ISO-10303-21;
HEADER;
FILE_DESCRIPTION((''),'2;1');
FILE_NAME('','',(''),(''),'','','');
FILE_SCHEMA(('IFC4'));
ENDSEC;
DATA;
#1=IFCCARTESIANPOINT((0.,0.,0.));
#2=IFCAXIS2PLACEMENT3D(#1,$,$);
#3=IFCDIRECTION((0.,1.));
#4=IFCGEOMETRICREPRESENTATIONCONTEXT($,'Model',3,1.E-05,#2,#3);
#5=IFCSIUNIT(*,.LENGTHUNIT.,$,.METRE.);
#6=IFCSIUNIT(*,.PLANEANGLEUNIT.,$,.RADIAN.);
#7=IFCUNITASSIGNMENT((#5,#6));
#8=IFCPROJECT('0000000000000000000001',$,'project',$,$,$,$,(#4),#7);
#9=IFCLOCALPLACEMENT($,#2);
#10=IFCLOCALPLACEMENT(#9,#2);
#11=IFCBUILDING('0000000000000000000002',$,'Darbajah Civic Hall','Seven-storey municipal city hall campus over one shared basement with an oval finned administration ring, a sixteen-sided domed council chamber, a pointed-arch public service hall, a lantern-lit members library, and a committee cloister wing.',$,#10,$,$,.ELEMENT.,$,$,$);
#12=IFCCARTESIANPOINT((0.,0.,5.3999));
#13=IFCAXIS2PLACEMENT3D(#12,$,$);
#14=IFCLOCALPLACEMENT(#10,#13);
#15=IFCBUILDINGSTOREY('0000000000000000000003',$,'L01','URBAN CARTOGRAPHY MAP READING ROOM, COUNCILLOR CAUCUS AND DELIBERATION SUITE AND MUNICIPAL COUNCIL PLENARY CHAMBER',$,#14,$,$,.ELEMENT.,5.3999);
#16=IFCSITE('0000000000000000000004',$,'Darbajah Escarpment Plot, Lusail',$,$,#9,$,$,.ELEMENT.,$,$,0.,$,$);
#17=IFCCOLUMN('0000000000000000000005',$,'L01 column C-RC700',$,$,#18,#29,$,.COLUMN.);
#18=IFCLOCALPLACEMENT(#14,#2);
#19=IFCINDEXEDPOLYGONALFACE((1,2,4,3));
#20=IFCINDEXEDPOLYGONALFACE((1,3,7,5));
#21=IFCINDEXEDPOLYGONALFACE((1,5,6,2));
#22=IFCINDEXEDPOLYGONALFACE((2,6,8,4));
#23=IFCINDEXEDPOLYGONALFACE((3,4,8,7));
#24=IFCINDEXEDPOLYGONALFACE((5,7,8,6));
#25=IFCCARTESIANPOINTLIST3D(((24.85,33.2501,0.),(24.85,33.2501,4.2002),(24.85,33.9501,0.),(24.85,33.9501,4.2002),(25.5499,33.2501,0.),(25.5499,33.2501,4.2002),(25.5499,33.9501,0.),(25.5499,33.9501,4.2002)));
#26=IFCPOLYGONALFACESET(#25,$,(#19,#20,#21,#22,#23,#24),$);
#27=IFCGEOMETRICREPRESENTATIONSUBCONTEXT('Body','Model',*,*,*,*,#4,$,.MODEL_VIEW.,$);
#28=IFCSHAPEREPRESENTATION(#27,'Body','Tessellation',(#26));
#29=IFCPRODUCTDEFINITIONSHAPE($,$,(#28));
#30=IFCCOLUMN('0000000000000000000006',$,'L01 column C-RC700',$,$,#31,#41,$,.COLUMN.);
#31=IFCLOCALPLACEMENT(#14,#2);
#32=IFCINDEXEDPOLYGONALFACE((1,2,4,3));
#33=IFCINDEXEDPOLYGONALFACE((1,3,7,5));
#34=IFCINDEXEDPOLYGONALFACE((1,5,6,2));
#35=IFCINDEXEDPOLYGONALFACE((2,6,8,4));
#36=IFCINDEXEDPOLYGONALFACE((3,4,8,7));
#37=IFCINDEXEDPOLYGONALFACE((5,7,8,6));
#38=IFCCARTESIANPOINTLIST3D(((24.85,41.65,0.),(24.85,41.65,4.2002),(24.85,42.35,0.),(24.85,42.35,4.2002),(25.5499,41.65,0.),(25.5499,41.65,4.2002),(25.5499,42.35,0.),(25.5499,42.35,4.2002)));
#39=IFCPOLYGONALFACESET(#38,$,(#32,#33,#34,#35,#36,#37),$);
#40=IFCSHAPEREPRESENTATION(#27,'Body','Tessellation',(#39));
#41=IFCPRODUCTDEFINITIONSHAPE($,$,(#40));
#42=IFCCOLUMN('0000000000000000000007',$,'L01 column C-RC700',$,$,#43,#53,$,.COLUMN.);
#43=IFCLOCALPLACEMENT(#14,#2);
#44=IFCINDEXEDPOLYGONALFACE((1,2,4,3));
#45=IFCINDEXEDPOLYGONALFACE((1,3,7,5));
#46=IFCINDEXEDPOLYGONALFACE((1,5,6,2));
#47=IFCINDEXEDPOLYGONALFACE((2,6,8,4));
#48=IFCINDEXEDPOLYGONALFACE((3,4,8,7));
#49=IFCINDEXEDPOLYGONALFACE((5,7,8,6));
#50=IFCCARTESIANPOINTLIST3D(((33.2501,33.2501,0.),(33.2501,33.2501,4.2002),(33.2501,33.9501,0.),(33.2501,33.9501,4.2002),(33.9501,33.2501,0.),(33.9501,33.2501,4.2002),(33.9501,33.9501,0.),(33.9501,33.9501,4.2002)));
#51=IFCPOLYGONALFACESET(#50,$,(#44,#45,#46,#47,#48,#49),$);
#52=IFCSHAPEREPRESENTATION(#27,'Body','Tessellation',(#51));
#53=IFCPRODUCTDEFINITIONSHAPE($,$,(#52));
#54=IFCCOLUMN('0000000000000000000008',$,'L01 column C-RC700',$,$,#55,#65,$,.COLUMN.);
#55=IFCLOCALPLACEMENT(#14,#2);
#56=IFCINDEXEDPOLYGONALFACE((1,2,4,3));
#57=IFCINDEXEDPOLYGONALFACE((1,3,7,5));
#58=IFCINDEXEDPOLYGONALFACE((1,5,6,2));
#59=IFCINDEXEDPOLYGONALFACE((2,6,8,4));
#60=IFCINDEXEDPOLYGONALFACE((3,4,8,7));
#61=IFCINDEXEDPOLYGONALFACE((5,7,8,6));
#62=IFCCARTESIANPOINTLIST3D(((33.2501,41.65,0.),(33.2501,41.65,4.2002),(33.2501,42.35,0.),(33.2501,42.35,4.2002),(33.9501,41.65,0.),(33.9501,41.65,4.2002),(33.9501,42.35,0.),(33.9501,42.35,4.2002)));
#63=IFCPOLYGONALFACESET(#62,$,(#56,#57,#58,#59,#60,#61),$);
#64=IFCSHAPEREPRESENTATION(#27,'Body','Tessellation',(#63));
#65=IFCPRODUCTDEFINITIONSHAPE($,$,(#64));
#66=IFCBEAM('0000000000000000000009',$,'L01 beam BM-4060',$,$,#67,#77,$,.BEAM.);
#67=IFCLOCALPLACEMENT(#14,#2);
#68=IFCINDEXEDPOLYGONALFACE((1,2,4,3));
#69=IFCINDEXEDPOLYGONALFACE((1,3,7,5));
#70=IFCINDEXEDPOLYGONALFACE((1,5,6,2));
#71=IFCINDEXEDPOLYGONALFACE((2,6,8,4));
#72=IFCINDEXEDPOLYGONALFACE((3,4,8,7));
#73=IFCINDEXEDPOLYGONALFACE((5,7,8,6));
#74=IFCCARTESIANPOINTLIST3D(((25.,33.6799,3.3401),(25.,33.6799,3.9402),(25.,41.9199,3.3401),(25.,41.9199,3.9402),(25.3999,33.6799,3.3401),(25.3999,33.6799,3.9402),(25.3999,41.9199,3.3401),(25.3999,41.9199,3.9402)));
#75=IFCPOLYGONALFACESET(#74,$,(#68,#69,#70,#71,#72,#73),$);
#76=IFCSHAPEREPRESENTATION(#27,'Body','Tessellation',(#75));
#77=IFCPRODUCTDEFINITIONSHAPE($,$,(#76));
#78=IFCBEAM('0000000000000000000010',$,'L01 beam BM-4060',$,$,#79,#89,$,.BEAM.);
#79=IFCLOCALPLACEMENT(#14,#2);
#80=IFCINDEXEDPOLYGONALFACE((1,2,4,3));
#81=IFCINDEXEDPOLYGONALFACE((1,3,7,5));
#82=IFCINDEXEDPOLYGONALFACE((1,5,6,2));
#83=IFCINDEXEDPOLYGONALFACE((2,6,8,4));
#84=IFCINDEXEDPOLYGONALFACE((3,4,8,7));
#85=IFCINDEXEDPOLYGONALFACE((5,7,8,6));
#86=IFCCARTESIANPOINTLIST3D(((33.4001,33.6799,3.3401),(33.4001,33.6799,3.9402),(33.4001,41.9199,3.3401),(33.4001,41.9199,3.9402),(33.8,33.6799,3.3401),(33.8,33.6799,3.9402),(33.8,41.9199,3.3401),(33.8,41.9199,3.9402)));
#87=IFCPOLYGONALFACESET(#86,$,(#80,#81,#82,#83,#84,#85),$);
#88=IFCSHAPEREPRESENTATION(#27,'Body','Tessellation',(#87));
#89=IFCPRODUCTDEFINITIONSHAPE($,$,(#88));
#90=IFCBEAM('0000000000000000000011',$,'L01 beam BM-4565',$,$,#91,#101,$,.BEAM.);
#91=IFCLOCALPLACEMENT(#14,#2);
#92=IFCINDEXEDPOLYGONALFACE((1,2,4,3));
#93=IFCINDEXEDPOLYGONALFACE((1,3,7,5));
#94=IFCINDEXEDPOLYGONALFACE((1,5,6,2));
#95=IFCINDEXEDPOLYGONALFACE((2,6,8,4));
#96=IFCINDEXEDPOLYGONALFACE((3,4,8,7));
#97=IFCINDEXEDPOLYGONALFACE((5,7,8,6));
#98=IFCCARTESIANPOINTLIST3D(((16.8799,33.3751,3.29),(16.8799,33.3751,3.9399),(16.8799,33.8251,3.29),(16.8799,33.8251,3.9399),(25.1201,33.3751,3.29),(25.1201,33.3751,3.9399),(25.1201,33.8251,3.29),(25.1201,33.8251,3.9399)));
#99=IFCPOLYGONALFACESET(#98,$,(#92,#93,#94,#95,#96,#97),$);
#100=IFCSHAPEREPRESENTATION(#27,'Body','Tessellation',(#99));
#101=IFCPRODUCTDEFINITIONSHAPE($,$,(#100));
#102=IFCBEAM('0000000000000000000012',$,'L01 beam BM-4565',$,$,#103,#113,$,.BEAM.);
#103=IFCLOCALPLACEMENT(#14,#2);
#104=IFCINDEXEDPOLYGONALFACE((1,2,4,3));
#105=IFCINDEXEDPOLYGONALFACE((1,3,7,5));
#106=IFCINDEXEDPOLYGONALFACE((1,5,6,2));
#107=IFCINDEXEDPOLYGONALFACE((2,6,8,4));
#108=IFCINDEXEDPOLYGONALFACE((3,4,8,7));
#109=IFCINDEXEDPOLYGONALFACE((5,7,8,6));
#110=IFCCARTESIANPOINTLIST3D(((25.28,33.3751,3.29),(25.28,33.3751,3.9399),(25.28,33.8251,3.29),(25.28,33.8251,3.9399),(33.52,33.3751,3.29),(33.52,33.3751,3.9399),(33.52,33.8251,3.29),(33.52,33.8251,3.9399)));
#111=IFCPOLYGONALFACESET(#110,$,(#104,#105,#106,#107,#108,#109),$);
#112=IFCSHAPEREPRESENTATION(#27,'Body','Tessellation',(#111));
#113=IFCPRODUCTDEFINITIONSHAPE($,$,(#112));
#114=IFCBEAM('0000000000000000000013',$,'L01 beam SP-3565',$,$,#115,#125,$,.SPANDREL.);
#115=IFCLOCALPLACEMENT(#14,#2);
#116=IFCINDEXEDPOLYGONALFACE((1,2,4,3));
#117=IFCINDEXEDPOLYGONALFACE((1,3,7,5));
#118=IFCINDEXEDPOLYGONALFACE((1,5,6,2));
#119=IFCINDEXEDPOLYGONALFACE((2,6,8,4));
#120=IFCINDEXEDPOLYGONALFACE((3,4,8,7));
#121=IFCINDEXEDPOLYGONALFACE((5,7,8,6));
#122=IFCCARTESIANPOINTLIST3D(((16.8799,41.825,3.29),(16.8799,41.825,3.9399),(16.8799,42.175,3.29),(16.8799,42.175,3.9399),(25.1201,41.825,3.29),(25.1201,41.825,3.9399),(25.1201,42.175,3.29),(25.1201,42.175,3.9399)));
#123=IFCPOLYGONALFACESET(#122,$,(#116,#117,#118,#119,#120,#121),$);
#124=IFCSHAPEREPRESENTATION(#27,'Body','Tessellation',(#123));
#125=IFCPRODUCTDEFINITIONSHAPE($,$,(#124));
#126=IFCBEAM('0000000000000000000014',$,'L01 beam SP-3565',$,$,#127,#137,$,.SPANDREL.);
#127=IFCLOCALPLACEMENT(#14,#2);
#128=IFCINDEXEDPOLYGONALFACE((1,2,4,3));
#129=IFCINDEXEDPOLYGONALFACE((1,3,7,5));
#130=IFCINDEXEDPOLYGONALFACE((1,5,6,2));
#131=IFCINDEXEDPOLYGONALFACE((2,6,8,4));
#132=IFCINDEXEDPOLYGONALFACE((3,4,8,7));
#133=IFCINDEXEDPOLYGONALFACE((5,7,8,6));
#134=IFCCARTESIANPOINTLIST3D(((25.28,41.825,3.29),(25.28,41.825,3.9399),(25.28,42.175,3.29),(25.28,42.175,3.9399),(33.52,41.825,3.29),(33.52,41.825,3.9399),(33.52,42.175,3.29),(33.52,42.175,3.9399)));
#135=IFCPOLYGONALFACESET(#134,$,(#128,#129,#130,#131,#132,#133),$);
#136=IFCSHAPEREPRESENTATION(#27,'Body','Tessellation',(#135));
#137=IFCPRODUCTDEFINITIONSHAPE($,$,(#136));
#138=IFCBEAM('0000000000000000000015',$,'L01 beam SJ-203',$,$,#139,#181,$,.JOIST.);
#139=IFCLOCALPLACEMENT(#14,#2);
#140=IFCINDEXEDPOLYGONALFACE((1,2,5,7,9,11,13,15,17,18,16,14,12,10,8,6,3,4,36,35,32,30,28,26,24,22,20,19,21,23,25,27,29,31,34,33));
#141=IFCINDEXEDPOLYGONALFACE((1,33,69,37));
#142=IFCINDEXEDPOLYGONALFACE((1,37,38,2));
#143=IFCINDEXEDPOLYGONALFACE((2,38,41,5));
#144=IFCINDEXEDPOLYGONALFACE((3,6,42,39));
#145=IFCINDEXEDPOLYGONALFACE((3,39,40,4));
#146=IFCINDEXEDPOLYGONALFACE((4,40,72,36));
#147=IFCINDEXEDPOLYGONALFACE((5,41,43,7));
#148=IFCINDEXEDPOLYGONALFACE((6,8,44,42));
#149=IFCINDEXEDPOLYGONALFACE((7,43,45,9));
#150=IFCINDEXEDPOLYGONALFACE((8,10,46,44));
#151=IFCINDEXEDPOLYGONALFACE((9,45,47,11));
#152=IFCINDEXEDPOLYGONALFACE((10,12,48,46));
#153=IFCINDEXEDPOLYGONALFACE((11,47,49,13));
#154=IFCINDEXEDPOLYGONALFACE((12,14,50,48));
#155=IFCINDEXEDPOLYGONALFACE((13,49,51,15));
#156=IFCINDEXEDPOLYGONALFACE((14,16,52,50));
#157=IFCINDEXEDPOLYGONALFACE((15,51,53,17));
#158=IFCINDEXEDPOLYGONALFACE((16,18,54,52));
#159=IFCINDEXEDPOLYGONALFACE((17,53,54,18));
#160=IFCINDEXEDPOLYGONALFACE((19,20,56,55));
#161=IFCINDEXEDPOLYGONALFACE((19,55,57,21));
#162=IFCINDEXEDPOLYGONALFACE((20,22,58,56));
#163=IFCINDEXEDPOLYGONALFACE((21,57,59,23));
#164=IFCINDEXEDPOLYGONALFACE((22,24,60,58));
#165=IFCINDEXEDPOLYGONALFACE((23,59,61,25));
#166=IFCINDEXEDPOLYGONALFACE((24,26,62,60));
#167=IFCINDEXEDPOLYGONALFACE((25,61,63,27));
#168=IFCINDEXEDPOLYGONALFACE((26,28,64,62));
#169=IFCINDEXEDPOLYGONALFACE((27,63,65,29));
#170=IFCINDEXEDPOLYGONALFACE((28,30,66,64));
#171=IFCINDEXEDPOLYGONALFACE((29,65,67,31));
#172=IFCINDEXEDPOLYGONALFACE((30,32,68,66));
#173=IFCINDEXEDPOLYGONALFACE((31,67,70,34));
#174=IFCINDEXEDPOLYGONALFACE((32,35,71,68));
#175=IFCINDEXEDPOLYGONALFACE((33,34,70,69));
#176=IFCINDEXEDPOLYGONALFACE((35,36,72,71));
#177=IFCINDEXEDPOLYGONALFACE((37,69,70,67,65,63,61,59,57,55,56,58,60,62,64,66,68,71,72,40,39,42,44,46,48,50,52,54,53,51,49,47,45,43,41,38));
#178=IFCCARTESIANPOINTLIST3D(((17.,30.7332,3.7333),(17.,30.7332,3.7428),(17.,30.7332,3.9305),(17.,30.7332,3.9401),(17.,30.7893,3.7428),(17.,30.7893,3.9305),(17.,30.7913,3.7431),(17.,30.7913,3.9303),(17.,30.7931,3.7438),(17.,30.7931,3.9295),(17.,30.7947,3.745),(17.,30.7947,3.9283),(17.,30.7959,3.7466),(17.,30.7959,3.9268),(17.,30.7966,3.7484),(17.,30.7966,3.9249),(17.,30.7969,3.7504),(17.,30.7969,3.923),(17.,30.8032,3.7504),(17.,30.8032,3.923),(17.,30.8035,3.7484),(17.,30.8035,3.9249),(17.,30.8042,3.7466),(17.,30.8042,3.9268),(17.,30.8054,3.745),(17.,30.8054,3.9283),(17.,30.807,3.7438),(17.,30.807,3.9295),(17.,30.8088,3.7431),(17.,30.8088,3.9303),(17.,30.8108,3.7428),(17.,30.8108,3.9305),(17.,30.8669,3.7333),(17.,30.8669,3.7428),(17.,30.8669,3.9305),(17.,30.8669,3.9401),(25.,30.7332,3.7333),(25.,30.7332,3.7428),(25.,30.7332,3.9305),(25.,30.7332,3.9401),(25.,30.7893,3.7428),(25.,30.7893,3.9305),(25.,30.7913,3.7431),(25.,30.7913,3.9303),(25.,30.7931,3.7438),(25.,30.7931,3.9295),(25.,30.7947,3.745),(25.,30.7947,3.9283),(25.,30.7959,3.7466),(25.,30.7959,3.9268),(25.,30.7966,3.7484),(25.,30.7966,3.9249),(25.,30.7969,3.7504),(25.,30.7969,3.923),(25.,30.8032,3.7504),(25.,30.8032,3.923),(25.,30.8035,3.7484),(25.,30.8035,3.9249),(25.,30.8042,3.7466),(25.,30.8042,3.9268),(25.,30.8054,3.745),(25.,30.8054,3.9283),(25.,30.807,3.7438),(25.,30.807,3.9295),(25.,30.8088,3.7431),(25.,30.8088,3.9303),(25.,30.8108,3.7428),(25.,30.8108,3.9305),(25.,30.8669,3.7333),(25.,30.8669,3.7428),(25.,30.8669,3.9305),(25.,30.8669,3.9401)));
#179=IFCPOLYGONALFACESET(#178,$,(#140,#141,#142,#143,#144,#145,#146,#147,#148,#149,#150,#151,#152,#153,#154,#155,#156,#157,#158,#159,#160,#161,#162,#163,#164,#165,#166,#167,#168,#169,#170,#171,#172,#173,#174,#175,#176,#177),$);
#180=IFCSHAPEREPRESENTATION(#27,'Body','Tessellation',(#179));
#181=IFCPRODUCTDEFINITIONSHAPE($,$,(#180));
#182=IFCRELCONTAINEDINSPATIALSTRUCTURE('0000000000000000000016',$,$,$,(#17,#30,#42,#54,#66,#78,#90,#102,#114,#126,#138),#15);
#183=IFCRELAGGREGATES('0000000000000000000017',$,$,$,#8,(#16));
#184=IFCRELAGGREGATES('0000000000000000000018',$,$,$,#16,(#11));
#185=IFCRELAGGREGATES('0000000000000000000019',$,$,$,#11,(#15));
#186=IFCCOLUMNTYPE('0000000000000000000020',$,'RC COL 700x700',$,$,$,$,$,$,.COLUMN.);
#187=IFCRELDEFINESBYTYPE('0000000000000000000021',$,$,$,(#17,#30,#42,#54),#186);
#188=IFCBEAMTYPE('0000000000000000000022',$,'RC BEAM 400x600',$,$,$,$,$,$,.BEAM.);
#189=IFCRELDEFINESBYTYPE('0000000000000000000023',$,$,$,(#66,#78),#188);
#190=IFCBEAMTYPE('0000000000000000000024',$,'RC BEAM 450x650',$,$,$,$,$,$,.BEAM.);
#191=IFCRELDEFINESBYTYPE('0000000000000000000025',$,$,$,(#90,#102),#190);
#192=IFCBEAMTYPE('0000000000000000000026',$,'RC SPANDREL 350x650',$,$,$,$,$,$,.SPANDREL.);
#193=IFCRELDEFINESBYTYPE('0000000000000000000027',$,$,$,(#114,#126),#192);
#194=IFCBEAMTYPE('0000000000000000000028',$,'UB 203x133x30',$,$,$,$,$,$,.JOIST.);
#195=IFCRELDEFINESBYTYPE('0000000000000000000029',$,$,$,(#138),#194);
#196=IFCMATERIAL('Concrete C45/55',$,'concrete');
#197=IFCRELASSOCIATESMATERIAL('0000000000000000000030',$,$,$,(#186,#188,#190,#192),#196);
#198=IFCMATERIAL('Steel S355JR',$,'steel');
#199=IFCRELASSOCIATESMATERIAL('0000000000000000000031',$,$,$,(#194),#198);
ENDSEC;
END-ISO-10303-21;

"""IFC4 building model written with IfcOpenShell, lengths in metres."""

from ifc_helpers import new_model, si_unit, direction, frame, origin, origin_2d, place, context, subcontext, project, spatial, rectangle, i_section, extrude, material, material_profile, profile_set, type_object, element, save


model = new_model("IFC4")

# Units and contexts
model_context = context("Model", 3, precision=1e-05, world=origin(), true_north=direction((0.0, 1.0)))
body_context = subcontext(model_context, "Body", "Model", "MODEL_VIEW")
ifc_project = project(units=[si_unit("LENGTHUNIT", "METRE"), si_unit("PLANEANGLEUNIT", "RADIAN")], contexts=[model_context])

# Site, building, storey
site_placement = place(None, origin())
site = spatial("IfcSite", under=ifc_project, at=site_placement, Name="Darbajah Escarpment Plot, Lusail", CompositionType="ELEMENT", RefElevation=0.0)
building_placement = place(site_placement, origin())
building = spatial("IfcBuilding", under=site, at=building_placement, Name="Darbajah Civic Hall", Description="Seven-storey municipal city hall campus over one shared basement with an oval finned administration ring, a sixteen-sided domed council chamber, a pointed-arch public service hall, a lantern-lit members library, and a committee cloister wing.", CompositionType="ELEMENT")
storey_placement = place(building_placement, frame((0.0, 0.0, 5.3999)))
storey = spatial("IfcBuildingStorey", under=building, at=storey_placement, Name="L01", Description="URBAN CARTOGRAPHY MAP READING ROOM, COUNCILLOR CAUCUS AND DELIBERATION SUITE AND MUNICIPAL COUNCIL PLENARY CHAMBER", CompositionType="ELEMENT", Elevation=5.3999)

# Columns
ifc_material_1 = material(Name="Concrete C45/55", Category="concrete")
ifc_material_profile_1 = material_profile(ifc_material_1, rectangle(XDim=0.7, YDim=0.7, at=origin_2d()), Name="RC COL 700x700")
ifc_profile_set_1 = profile_set([ifc_material_profile_1], Name="Concrete C45/55")
column_type = type_object("IfcColumnType", Name="RC COL 700x700", PredefinedType="COLUMN", material=ifc_profile_set_1)
for number, where, z_axis, x_axis, name in (
    (1, (25.2, 33.6001, 0.0), (0.0, 0.0, 1.0), (1.0, 0.0, 0.0), "L01 column C-RC700"),
    (2, (25.2, 42.0, 0.0), (0.0, 0.0, 1.0), (1.0, 0.0, 0.0), "L01 column C-RC700"),
    (3, (33.6001, 33.6001, 0.0), (0.0, 0.0, 1.0), (1.0, 0.0, 0.0), "L01 column C-RC700"),
    (4, (33.6001, 42.0, 0.0), (0.0, 0.0, 1.0), (1.0, 0.0, 0.0), "L01 column C-RC700"),
):
    element("IfcColumn", number, at=place(storey_placement, frame(where, z_axis=z_axis, x_axis=x_axis)), inside=storey, type_object=column_type, Name=name, PredefinedType="COLUMN", context=body_context, shape_type="SweptSolid", body=[
        extrude(rectangle(XDim=0.7, YDim=0.7, at=origin_2d()), origin(), (0.0, 0.0, 1.0), 4.2002),
    ])

# Beams
ifc_material_profile_2 = material_profile(ifc_material_1, rectangle(XDim=0.3999, YDim=0.6001, at=origin_2d()), Name="RC BEAM 400x600")
ifc_profile_set_2 = profile_set([ifc_material_profile_2], Name="Concrete C45/55")
beam_type_1 = type_object("IfcBeamType", Name="RC BEAM 400x600", PredefinedType="BEAM", material=ifc_profile_set_2)
for number, where, z_axis, x_axis, name in (
    (5, (25.2, 33.6799, 3.6401), (0.0, 1.0, 0.0), (-1.0, 0.0, 0.0), "L01 beam BM-4060"),
    (6, (33.6001, 33.6799, 3.6401), (0.0, 1.0, 0.0), (-1.0, 0.0, 0.0), "L01 beam BM-4060"),
):
    element("IfcBeam", number, at=place(storey_placement, frame(where, z_axis=z_axis, x_axis=x_axis)), inside=storey, type_object=beam_type_1, Name=name, PredefinedType="BEAM", context=body_context, shape_type="SweptSolid", body=[
        extrude(rectangle(XDim=0.3999, YDim=0.6001, at=origin_2d()), origin(), (0.0, 0.0, 1.0), 8.24),
    ])
ifc_material_profile_3 = material_profile(ifc_material_1, rectangle(XDim=0.45, YDim=0.6499, at=origin_2d()), Name="RC BEAM 450x650")
ifc_profile_set_3 = profile_set([ifc_material_profile_3], Name="Concrete C45/55")
beam_type_2 = type_object("IfcBeamType", Name="RC BEAM 450x650", PredefinedType="BEAM", material=ifc_profile_set_3)
beam_1_placement = place(storey_placement, frame((16.8799, 33.6001, 3.615), z_axis=(1.0, 0.0, 0.0), x_axis=(0.0, 1.0, 0.0)))
element("IfcBeam", 7, at=beam_1_placement, inside=storey, type_object=beam_type_2, Name="L01 beam BM-4565", PredefinedType="BEAM", context=body_context, shape_type="SweptSolid", body=[
    extrude(rectangle(XDim=0.45, YDim=0.6499, at=origin_2d()), origin(), (0.0, 0.0, 1.0), 8.2402),
])
beam_2_placement = place(storey_placement, frame((25.28, 33.6001, 3.615), z_axis=(1.0, 0.0, 0.0), x_axis=(0.0, 1.0, 0.0)))
element("IfcBeam", 8, at=beam_2_placement, inside=storey, type_object=beam_type_2, Name="L01 beam BM-4565", PredefinedType="BEAM", context=body_context, shape_type="SweptSolid", body=[
    extrude(rectangle(XDim=0.45, YDim=0.6499, at=origin_2d()), origin(), (0.0, 0.0, 1.0), 8.24),
])
ifc_material_profile_4 = material_profile(ifc_material_1, rectangle(XDim=0.3501, YDim=0.6499, at=origin_2d()), Name="RC SPANDREL 350x650")
ifc_profile_set_4 = profile_set([ifc_material_profile_4], Name="Concrete C45/55")
beam_type_3 = type_object("IfcBeamType", Name="RC SPANDREL 350x650", PredefinedType="SPANDREL", material=ifc_profile_set_4)
beam_3_placement = place(storey_placement, frame((16.8799, 42.0, 3.615), z_axis=(1.0, 0.0, 0.0), x_axis=(0.0, 1.0, 0.0)))
element("IfcBeam", 9, at=beam_3_placement, inside=storey, type_object=beam_type_3, Name="L01 beam SP-3565", PredefinedType="SPANDREL", context=body_context, shape_type="SweptSolid", body=[
    extrude(rectangle(XDim=0.3501, YDim=0.6499, at=origin_2d()), origin(), (0.0, 0.0, 1.0), 8.2402),
])
beam_4_placement = place(storey_placement, frame((25.28, 42.0, 3.615), z_axis=(1.0, 0.0, 0.0), x_axis=(0.0, 1.0, 0.0)))
element("IfcBeam", 10, at=beam_4_placement, inside=storey, type_object=beam_type_3, Name="L01 beam SP-3565", PredefinedType="SPANDREL", context=body_context, shape_type="SweptSolid", body=[
    extrude(rectangle(XDim=0.3501, YDim=0.6499, at=origin_2d()), origin(), (0.0, 0.0, 1.0), 8.24),
])
ifc_material_2 = material(Name="Steel S355JR", Category="steel")
ifc_material_profile_5 = material_profile(ifc_material_2, i_section(OverallWidth=0.1338, OverallDepth=0.2068, WebThickness=0.0063, FlangeThickness=0.0095, FilletRadius=0.0076, at=origin_2d()), Name="UB 203x133x30")
ifc_profile_set_5 = profile_set([ifc_material_profile_5], Name="Steel S355JR")
beam_type_4 = type_object("IfcBeamType", Name="UB 203x133x30", PredefinedType="JOIST", material=ifc_profile_set_5)
for number, where, z_axis, x_axis, name in (
    (11, (17.0, 30.8, 3.8367), (1.0, 0.0, 0.0), (0.0, 1.0, 0.0), "L01 beam SJ-203"),
):
    element("IfcBeam", number, at=place(storey_placement, frame(where, z_axis=z_axis, x_axis=x_axis)), inside=storey, type_object=beam_type_4, Name=name, PredefinedType="JOIST", context=body_context, shape_type="SweptSolid", body=[
        extrude(i_section(OverallWidth=0.1338, OverallDepth=0.2068, WebThickness=0.0063, FlangeThickness=0.0095, FilletRadius=0.0076, at=origin_2d()), origin(), (0.0, 0.0, 1.0), 8.0),
    ])

save(model, "model.ifc")
